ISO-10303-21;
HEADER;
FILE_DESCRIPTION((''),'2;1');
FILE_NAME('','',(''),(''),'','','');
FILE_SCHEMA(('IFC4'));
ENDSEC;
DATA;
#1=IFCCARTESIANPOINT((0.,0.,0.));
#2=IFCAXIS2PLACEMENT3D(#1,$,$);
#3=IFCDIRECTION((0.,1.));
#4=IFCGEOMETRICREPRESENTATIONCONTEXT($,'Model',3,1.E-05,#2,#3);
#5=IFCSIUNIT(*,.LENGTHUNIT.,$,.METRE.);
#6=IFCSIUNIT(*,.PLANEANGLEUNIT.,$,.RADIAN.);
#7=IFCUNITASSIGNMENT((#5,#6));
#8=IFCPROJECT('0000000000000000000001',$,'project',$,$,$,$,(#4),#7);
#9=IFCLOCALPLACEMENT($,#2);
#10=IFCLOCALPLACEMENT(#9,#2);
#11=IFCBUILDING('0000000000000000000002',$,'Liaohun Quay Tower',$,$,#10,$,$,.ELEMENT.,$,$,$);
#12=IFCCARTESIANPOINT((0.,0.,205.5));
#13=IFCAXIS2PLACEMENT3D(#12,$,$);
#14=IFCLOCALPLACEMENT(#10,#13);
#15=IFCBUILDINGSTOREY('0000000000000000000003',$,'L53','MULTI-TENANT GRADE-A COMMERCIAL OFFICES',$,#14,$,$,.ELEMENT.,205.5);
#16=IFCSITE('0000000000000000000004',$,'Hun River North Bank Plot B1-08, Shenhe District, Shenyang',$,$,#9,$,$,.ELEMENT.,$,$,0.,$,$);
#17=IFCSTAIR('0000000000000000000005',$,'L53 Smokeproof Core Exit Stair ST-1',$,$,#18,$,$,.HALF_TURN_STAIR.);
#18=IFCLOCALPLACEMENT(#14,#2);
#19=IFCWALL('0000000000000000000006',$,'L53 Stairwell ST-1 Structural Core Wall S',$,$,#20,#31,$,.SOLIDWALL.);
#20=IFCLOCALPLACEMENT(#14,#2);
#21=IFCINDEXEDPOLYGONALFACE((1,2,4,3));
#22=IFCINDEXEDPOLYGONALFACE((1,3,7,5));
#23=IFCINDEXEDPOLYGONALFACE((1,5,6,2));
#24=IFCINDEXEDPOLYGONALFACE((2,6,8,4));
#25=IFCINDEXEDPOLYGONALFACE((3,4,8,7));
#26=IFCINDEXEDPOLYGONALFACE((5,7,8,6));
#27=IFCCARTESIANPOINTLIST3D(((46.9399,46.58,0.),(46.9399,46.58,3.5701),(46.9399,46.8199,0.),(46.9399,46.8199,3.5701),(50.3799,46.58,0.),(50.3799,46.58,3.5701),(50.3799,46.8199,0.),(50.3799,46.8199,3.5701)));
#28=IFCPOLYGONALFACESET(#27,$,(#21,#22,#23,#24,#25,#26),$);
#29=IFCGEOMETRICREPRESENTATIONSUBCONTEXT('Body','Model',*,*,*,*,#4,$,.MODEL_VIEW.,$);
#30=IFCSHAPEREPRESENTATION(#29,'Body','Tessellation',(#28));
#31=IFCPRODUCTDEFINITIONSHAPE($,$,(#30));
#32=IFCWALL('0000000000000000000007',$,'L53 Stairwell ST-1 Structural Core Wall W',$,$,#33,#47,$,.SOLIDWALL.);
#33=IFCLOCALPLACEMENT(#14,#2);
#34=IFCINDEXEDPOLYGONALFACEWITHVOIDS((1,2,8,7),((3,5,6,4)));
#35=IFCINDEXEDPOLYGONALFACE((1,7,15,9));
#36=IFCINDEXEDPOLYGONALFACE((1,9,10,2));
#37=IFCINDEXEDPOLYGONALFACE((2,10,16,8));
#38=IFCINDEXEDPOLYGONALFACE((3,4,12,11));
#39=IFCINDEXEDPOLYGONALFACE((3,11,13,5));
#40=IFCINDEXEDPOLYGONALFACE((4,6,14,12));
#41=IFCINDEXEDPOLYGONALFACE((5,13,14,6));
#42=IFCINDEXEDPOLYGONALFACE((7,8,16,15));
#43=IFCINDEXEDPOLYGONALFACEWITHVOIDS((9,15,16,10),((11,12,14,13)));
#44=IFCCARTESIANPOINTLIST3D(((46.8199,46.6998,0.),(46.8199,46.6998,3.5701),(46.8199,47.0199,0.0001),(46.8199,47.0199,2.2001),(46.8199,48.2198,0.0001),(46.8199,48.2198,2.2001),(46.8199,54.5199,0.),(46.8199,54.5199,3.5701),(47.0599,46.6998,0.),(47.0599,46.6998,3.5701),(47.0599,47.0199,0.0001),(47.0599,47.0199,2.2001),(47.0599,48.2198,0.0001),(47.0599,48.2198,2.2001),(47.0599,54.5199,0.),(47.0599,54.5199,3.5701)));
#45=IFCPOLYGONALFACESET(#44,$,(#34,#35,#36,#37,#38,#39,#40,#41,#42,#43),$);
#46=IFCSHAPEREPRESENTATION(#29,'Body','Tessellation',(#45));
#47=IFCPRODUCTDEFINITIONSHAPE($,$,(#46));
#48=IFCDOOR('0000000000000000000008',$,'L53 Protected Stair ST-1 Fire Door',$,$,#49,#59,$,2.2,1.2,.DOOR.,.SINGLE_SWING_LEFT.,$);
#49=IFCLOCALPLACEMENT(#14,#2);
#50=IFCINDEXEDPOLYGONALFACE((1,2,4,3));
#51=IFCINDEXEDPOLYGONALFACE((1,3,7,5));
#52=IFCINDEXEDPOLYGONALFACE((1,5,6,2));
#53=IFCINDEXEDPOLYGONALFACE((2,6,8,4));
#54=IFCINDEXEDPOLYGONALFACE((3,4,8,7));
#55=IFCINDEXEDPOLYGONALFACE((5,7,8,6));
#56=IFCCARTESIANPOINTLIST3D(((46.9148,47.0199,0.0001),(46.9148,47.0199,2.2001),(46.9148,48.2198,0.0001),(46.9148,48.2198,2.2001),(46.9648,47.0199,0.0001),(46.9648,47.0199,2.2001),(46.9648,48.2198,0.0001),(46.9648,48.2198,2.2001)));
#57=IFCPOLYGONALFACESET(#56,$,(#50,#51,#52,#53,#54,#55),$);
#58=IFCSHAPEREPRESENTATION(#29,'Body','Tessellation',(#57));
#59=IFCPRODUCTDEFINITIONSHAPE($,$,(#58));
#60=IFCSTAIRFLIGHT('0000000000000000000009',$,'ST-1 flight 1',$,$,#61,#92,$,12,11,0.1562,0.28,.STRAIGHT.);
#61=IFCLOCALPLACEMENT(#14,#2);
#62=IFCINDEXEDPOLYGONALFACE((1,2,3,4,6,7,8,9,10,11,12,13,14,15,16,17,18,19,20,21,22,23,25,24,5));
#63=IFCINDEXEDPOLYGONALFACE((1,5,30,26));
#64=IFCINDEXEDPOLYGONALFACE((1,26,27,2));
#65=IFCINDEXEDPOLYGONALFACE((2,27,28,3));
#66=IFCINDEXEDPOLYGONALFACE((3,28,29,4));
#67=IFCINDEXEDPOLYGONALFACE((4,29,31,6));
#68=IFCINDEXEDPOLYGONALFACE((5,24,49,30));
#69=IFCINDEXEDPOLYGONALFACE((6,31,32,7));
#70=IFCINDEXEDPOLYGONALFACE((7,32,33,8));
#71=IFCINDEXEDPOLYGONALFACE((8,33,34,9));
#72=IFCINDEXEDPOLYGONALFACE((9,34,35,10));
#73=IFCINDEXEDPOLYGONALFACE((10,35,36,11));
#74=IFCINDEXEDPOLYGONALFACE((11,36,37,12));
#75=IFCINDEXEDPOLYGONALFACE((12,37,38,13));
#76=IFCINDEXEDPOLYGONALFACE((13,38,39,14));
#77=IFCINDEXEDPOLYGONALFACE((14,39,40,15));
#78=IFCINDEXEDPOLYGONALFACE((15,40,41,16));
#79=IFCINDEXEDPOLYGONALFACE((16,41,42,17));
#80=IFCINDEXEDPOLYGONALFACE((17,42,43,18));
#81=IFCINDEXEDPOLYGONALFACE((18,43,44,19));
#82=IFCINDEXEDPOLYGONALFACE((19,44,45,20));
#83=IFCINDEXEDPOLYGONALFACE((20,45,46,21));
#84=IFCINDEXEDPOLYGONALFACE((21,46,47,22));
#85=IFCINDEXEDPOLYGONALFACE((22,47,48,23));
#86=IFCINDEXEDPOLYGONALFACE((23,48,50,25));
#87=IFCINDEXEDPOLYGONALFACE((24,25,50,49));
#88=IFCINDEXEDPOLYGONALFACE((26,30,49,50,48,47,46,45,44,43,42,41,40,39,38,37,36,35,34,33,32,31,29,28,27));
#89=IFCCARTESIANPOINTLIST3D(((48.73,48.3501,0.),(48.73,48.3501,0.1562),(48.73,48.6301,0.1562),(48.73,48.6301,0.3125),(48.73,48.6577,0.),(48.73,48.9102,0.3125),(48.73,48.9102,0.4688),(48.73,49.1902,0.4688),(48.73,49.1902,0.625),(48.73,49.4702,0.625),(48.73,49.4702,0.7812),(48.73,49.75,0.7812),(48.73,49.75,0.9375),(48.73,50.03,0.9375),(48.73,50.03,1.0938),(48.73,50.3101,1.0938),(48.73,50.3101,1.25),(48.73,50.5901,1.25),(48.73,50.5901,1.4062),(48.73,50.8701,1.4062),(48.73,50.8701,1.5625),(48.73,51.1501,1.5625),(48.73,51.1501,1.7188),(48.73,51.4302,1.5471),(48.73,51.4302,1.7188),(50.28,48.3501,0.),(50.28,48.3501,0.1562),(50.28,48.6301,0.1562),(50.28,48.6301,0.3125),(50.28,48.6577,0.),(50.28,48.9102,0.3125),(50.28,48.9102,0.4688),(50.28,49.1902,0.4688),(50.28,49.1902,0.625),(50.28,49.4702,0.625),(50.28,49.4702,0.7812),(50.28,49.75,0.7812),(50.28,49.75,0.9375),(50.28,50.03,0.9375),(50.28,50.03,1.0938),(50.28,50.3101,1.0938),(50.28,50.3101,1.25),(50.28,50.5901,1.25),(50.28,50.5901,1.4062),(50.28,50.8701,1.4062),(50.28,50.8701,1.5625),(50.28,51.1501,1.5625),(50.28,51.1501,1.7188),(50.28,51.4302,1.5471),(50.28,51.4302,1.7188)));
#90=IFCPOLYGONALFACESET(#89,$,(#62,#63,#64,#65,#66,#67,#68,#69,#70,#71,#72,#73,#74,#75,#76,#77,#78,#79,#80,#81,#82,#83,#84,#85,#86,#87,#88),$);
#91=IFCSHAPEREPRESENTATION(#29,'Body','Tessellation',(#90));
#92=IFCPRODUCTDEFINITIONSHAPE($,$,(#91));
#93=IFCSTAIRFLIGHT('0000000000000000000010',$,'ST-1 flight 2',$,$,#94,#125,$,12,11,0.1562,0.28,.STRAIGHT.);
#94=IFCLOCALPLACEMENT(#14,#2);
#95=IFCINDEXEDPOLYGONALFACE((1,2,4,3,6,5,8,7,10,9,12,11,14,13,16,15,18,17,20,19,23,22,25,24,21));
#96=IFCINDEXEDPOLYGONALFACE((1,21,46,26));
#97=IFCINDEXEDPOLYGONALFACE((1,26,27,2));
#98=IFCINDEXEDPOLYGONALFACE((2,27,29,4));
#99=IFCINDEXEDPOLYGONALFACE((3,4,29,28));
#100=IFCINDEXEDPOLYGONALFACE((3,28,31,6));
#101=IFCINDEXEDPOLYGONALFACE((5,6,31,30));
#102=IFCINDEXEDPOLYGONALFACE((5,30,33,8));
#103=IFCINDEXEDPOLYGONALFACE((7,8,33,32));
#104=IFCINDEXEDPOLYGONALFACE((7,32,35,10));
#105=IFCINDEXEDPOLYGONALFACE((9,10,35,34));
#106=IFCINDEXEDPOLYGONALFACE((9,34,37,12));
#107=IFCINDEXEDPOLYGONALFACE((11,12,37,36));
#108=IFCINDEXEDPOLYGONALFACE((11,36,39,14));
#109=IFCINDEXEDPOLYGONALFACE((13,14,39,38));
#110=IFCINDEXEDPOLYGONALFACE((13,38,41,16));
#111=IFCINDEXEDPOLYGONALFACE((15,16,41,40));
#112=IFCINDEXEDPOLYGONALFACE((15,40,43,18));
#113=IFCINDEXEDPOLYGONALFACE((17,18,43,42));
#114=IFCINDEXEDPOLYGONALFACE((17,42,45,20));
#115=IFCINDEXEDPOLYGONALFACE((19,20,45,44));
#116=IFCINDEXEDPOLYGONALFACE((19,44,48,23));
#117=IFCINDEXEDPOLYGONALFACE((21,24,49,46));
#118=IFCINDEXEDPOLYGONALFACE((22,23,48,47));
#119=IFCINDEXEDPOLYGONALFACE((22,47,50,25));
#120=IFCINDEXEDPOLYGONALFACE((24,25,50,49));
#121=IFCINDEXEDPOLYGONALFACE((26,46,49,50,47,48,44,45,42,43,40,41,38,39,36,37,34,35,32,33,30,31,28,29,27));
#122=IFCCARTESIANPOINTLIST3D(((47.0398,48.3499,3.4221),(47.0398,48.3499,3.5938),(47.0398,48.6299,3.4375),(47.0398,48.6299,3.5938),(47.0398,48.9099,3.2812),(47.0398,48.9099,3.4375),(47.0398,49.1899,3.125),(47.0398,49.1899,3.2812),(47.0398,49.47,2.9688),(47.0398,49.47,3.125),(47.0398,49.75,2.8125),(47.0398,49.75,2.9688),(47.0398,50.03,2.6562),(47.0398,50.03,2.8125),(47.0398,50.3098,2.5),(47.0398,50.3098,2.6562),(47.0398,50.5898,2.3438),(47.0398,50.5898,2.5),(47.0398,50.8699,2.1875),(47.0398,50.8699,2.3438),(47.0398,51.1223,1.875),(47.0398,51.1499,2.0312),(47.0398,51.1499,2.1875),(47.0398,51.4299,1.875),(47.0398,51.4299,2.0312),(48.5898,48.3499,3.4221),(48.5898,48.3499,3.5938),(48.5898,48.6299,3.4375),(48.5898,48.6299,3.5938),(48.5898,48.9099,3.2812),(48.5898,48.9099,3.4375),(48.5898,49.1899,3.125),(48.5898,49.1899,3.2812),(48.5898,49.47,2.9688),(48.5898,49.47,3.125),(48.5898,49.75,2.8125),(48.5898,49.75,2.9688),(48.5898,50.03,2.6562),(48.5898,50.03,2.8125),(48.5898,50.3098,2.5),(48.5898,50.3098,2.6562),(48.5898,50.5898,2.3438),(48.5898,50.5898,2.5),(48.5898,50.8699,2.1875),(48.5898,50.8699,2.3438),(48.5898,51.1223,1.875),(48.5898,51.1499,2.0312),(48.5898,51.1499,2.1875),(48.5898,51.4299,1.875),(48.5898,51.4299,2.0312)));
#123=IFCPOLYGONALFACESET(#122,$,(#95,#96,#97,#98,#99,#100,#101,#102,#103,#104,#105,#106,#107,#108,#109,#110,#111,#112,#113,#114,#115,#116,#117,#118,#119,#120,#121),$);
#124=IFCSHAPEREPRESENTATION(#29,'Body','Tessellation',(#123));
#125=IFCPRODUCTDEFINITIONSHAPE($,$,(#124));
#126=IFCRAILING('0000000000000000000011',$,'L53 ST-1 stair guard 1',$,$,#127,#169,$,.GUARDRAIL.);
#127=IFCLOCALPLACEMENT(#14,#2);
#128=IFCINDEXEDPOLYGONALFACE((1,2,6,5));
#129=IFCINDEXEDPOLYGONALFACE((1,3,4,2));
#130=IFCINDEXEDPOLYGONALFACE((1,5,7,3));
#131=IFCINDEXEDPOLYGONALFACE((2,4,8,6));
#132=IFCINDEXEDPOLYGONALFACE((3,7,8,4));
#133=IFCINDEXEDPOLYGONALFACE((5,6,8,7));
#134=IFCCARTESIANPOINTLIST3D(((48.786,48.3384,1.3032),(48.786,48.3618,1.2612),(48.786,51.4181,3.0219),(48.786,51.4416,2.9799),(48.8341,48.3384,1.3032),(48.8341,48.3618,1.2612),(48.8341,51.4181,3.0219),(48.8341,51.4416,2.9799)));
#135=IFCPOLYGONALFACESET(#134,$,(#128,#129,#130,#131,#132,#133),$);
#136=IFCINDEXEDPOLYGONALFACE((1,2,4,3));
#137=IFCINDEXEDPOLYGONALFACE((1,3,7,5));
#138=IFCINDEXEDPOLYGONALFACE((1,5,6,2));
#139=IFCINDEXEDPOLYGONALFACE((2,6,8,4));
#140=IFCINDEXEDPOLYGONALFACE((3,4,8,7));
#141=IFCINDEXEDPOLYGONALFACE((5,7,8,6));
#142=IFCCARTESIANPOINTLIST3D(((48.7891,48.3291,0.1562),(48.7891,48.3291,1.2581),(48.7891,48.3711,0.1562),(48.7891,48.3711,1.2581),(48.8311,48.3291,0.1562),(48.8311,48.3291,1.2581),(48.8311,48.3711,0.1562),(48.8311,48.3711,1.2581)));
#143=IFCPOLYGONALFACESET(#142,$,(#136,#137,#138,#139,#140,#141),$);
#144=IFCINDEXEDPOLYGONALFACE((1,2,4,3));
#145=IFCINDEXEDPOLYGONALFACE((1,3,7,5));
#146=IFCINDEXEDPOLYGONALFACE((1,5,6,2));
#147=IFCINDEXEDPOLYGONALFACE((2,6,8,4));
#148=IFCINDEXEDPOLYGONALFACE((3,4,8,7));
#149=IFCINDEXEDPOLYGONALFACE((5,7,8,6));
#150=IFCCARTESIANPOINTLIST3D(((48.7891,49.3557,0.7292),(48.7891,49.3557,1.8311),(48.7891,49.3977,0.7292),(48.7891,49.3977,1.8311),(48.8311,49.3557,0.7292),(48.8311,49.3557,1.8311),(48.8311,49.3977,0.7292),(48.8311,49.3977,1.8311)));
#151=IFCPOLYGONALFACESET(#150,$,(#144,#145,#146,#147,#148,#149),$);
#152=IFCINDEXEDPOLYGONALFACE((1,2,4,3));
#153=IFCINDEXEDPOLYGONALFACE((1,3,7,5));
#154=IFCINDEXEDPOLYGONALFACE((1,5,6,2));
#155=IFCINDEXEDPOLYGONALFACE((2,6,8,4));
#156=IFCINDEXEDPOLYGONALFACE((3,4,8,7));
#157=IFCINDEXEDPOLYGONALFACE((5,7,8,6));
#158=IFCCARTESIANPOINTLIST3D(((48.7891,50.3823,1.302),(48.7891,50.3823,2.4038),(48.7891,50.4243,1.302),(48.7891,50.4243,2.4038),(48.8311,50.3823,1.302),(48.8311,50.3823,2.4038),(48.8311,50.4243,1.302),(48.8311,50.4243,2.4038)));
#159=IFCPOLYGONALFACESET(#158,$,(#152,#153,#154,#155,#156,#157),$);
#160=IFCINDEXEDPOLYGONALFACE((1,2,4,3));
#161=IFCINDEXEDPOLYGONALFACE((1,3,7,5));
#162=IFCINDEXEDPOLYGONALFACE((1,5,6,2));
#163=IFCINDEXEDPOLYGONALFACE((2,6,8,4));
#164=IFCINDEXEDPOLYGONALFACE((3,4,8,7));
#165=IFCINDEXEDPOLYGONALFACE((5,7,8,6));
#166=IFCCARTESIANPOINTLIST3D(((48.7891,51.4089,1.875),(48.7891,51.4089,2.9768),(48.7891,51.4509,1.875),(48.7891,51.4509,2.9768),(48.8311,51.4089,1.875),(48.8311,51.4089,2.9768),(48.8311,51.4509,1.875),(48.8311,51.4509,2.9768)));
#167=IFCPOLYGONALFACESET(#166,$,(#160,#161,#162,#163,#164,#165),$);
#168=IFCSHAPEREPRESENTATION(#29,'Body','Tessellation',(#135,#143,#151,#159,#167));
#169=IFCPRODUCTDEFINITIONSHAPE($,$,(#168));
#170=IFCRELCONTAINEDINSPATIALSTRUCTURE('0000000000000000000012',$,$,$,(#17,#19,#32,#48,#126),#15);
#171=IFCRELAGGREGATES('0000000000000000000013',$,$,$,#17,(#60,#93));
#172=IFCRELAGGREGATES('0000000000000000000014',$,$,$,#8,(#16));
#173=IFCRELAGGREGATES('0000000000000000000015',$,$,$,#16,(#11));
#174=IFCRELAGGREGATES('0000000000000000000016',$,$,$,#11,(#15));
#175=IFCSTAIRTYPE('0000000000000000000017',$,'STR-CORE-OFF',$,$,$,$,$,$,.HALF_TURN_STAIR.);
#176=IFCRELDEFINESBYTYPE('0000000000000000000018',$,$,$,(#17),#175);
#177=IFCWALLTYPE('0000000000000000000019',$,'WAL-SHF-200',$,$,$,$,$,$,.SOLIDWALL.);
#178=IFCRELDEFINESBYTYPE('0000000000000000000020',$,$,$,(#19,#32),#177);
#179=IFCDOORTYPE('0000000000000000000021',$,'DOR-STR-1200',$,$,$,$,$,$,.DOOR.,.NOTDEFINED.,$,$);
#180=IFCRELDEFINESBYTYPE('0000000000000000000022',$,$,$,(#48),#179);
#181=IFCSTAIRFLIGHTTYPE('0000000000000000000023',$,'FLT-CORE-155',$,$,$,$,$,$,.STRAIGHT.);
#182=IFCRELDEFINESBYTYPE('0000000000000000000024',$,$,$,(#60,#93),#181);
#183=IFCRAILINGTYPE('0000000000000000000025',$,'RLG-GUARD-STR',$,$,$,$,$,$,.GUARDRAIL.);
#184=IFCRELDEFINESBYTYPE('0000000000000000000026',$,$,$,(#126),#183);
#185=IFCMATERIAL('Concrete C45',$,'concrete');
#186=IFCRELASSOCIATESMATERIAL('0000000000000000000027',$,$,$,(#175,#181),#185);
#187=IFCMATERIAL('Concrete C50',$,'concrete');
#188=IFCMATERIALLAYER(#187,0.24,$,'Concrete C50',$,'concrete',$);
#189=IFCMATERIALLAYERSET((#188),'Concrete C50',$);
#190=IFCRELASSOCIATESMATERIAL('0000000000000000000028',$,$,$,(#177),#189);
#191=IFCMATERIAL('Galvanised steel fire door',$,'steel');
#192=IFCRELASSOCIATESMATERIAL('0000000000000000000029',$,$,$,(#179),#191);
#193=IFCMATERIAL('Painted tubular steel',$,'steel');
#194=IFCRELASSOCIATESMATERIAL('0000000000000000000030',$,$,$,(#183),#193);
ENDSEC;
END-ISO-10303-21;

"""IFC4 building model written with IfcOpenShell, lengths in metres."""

from ifc_helpers import new_model, si_unit, direction, frame, frame_2d, origin, origin_2d, place, context, subcontext, project, spatial, polyline, rectangle, outline, extrude, source, transform, mapped, material, layer, layer_set, type_object, element, fill, aggregate, save


model = new_model("IFC4")

# Units and contexts
model_context = context("Model", 3, precision=1e-05, world=origin(), true_north=direction((0.0, 1.0)))
body_context = subcontext(model_context, "Body", "Model", "MODEL_VIEW")
ifc_project = project(units=[si_unit("LENGTHUNIT", "METRE"), si_unit("PLANEANGLEUNIT", "RADIAN")], contexts=[model_context])

# Site, building, storey
site_placement = place(None, origin())
site = spatial("IfcSite", under=ifc_project, at=site_placement, Name="Hun River North Bank Plot B1-08, Shenhe District, Shenyang", CompositionType="ELEMENT", RefElevation=0.0)
building_placement = place(site_placement, origin())
building = spatial("IfcBuilding", under=site, at=building_placement, Name="Liaohun Quay Tower", CompositionType="ELEMENT")
storey_placement = place(building_placement, frame((0.0, 0.0, 205.5)))
storey = spatial("IfcBuildingStorey", under=building, at=storey_placement, Name="L53", Description="MULTI-TENANT GRADE-A COMMERCIAL OFFICES", CompositionType="ELEMENT", Elevation=205.5)

# Stair
ifc_material_1 = material(Name="Concrete C45", Category="concrete")
stair_type = type_object("IfcStairType", Name="STR-CORE-OFF", PredefinedType="HALF_TURN_STAIR", material=ifc_material_1)
stair_1_placement = place(storey_placement, origin())
stair_1 = element("IfcStair", 1, at=stair_1_placement, inside=storey, type_object=stair_type, Name="L53 Smokeproof Core Exit Stair ST-1", PredefinedType="HALF_TURN_STAIR")

# Wall
ifc_material_2 = material(Name="Concrete C50", Category="concrete")
ifc_layer_1 = layer(ifc_material_2, 0.24, Name="Concrete C50", Category="concrete")
ifc_layer_set_1 = layer_set([ifc_layer_1], Name="Concrete C50")
wall_type_1 = type_object("IfcWallType", Name="WAL-SHF-200", PredefinedType="SOLIDWALL", material=ifc_layer_set_1)
wall_1_placement = place(storey_placement, frame((46.9399, 46.7, 0.0), z_axis=(0.0, 0.0, 1.0), x_axis=(1.0, 0.0, 0.0)))
element("IfcWall", 2, at=wall_1_placement, inside=storey, type_object=wall_type_1, Name="L53 Stairwell ST-1 Structural Core Wall S", PredefinedType="SOLIDWALL", context=body_context, shape_type="SweptSolid", body=[
    extrude(rectangle(XDim=3.4399, YDim=0.24, at=frame_2d((1.72, 0.0))), origin(), (0.0, 0.0, 1.0), 3.5701),
])

# Wall, opening, door
wall_2_placement = place(storey_placement, frame((46.9399, 54.52, 0.0), z_axis=(0.0, 0.0, 1.0), x_axis=(0.0, -1.0, 0.0)))
wall_2 = element("IfcWall", 3, at=wall_2_placement, inside=storey, type_object=wall_type_1, Name="L53 Stairwell ST-1 Structural Core Wall W", PredefinedType="SOLIDWALL", context=body_context, shape_type="SweptSolid", body=[
    extrude(rectangle(XDim=7.8201, YDim=0.24, at=frame_2d((3.9102, 0.0))), origin(), (0.0, 0.0, 1.0), 3.5701),
])
shared_shape_1 = source(origin(), body_context, "Body", "SweptSolid", [
    extrude(rectangle(XDim=1.2, YDim=2.2, at=frame_2d((0.6001, 1.1001))), frame((0.0, 0.1299, 0.0), z_axis=(0.0, -1.0, 0.0), x_axis=(1.0, 0.0, 0.0)), (0.0, 0.0, 1.0), 0.26),
])
opening_1_placement = place(wall_2_placement, frame((6.3, 0.0, 0.0)))
opening_1 = element("IfcOpeningElement", 4, at=opening_1_placement, cuts=wall_2, PredefinedType="OPENING", context=body_context, shape_type="MappedRepresentation", body=[
    mapped(shared_shape_1, transform((0.0, 0.0, 0.0), x_axis=(1.0, 0.0, 0.0), y_axis=(0.0, 1.0, 0.0), z_axis=(0.0, 0.0, 1.0), scale=1.0)),
])
ifc_material_3 = material(Name="Galvanised steel fire door", Category="steel")
door_type_1 = type_object("IfcDoorType", Name="DOR-STR-1200", OperationType="NOTDEFINED", PredefinedType="DOOR", material=ifc_material_3)
shared_shape_2 = source(origin(), body_context, "Body", "SweptSolid", [
    extrude(rectangle(XDim=1.2, YDim=2.2, at=frame_2d((0.6001, 1.1001))), frame((0.0, 0.0249, 0.0), z_axis=(0.0, -1.0, 0.0), x_axis=(1.0, 0.0, 0.0)), (0.0, 0.0, 1.0), 0.05),
])
door_1_placement = place(opening_1_placement, origin())
door_1 = element("IfcDoor", 5, at=door_1_placement, inside=storey, type_object=door_type_1, Name="L53 Protected Stair ST-1 Fire Door", OperationType="SINGLE_SWING_LEFT", OverallHeight=2.2, OverallWidth=1.2, PredefinedType="DOOR", context=body_context, shape_type="MappedRepresentation", body=[
    mapped(shared_shape_2, transform((0.0, 0.0, 0.0), x_axis=(1.0, 0.0, 0.0), y_axis=(0.0, 1.0, 0.0), z_axis=(0.0, 0.0, 1.0), scale=1.0)),
])
fill(opening_1, door_1)

# Stair flights
stair_flight_type = type_object("IfcStairFlightType", Name="FLT-CORE-155", PredefinedType="STRAIGHT", material=ifc_material_1)
stair_flight_1_placement = place(storey_placement, frame((49.5049, 48.3501, 0.0), z_axis=(0.0, 0.0, 1.0), x_axis=(0.0, 1.0, 0.0)))
stair_flight_1 = element("IfcStairFlight", 6, at=stair_flight_1_placement, type_object=stair_flight_type, Name="ST-1 flight 1", NumberOfRisers=12, NumberOfTreads=11, PredefinedType="STRAIGHT", RiserHeight=0.1562, TreadLength=0.28, context=body_context, shape_type="SweptSolid", body=[
    extrude(outline(polyline([(0.0, 0.0), (0.0, 0.1562), (0.28, 0.1562), (0.28, 0.3125), (0.5601, 0.3125), (0.5601, 0.4688), (0.8401, 0.4688), (0.8401, 0.625), (1.1201, 0.625), (1.1201, 0.7812), (1.3999, 0.7812), (1.3999, 0.9375), (1.6799, 0.9375), (1.6799, 1.0938), (1.96, 1.0938), (1.96, 1.25), (2.24, 1.25), (2.24, 1.4062), (2.52, 1.4062), (2.52, 1.5625), (2.8, 1.5625), (2.8, 1.7188), (3.0801, 1.7188), (3.0801, 1.875), (3.0801, 1.5471), (0.3076, 0.0), (0.0, 0.0)])), frame((0.0, 0.7749, 0.0), z_axis=(0.0, -1.0, 0.0), x_axis=(1.0, 0.0, 0.0)), (0.0, 0.0, 1.0), 1.55),
])
stair_flight_2_placement = place(storey_placement, frame((47.8149, 51.4299, 1.875), z_axis=(0.0, 0.0, 1.0), x_axis=(0.0, -1.0, 0.0)))
stair_flight_2 = element("IfcStairFlight", 7, at=stair_flight_2_placement, type_object=stair_flight_type, Name="ST-1 flight 2", NumberOfRisers=12, NumberOfTreads=11, PredefinedType="STRAIGHT", RiserHeight=0.1562, TreadLength=0.28, context=body_context, shape_type="SweptSolid", body=[
    extrude(outline(polyline([(0.0, 0.0), (0.0, 0.1562), (0.28, 0.1562), (0.28, 0.3125), (0.5601, 0.3125), (0.5601, 0.4688), (0.8401, 0.4688), (0.8401, 0.625), (1.1201, 0.625), (1.1201, 0.7812), (1.3999, 0.7812), (1.3999, 0.9375), (1.6799, 0.9375), (1.6799, 1.0938), (1.96, 1.0938), (1.96, 1.25), (2.24, 1.25), (2.24, 1.4062), (2.52, 1.4062), (2.52, 1.5625), (2.8, 1.5625), (2.8, 1.7188), (3.0801, 1.7188), (3.0801, 1.875), (3.0801, 1.5471), (0.3076, 0.0), (0.0, 0.0)])), frame((0.0, 0.7749, 0.0), z_axis=(0.0, -1.0, 0.0), x_axis=(1.0, 0.0, 0.0)), (0.0, 0.0, 1.0), 1.55),
])
aggregate(stair_1, [stair_flight_1, stair_flight_2])

# Railing
ifc_material_4 = material(Name="Painted tubular steel", Category="steel")
railing_type_1 = type_object("IfcRailingType", Name="RLG-GUARD-STR", PredefinedType="GUARDRAIL", material=ifc_material_4)
railing_1_placement = place(storey_placement, frame((48.8101, 48.3501, 0.1562)))
element("IfcRailing", 8, at=railing_1_placement, inside=storey, type_object=railing_type_1, Name="L53 ST-1 stair guard 1", PredefinedType="GUARDRAIL", context=body_context, shape_type="SweptSolid", body=[
    extrude(rectangle(XDim=0.0481, YDim=0.0481, at=origin_2d()), frame((0.0, 0.0, 1.126), z_axis=(0.0, 0.873225, 0.487317), x_axis=(-1.0, 0.0, 0.0)), (0.0, 0.0, 1.0), 3.5269),
    extrude(rectangle(XDim=0.042, YDim=0.042, at=origin_2d()), origin(), (0.0, 0.0, 1.0), 1.1018),
    extrude(rectangle(XDim=0.042, YDim=0.042, at=origin_2d()), frame((0.0, 1.0266, 0.573)), (0.0, 0.0, 1.0), 1.1018),
    extrude(rectangle(XDim=0.042, YDim=0.042, at=origin_2d()), frame((0.0, 2.0532, 1.1458)), (0.0, 0.0, 1.0), 1.1018),
    extrude(rectangle(XDim=0.042, YDim=0.042, at=origin_2d()), frame((0.0, 3.0798, 1.7188)), (0.0, 0.0, 1.0), 1.1018),
])

save(model, "model.ifc")
